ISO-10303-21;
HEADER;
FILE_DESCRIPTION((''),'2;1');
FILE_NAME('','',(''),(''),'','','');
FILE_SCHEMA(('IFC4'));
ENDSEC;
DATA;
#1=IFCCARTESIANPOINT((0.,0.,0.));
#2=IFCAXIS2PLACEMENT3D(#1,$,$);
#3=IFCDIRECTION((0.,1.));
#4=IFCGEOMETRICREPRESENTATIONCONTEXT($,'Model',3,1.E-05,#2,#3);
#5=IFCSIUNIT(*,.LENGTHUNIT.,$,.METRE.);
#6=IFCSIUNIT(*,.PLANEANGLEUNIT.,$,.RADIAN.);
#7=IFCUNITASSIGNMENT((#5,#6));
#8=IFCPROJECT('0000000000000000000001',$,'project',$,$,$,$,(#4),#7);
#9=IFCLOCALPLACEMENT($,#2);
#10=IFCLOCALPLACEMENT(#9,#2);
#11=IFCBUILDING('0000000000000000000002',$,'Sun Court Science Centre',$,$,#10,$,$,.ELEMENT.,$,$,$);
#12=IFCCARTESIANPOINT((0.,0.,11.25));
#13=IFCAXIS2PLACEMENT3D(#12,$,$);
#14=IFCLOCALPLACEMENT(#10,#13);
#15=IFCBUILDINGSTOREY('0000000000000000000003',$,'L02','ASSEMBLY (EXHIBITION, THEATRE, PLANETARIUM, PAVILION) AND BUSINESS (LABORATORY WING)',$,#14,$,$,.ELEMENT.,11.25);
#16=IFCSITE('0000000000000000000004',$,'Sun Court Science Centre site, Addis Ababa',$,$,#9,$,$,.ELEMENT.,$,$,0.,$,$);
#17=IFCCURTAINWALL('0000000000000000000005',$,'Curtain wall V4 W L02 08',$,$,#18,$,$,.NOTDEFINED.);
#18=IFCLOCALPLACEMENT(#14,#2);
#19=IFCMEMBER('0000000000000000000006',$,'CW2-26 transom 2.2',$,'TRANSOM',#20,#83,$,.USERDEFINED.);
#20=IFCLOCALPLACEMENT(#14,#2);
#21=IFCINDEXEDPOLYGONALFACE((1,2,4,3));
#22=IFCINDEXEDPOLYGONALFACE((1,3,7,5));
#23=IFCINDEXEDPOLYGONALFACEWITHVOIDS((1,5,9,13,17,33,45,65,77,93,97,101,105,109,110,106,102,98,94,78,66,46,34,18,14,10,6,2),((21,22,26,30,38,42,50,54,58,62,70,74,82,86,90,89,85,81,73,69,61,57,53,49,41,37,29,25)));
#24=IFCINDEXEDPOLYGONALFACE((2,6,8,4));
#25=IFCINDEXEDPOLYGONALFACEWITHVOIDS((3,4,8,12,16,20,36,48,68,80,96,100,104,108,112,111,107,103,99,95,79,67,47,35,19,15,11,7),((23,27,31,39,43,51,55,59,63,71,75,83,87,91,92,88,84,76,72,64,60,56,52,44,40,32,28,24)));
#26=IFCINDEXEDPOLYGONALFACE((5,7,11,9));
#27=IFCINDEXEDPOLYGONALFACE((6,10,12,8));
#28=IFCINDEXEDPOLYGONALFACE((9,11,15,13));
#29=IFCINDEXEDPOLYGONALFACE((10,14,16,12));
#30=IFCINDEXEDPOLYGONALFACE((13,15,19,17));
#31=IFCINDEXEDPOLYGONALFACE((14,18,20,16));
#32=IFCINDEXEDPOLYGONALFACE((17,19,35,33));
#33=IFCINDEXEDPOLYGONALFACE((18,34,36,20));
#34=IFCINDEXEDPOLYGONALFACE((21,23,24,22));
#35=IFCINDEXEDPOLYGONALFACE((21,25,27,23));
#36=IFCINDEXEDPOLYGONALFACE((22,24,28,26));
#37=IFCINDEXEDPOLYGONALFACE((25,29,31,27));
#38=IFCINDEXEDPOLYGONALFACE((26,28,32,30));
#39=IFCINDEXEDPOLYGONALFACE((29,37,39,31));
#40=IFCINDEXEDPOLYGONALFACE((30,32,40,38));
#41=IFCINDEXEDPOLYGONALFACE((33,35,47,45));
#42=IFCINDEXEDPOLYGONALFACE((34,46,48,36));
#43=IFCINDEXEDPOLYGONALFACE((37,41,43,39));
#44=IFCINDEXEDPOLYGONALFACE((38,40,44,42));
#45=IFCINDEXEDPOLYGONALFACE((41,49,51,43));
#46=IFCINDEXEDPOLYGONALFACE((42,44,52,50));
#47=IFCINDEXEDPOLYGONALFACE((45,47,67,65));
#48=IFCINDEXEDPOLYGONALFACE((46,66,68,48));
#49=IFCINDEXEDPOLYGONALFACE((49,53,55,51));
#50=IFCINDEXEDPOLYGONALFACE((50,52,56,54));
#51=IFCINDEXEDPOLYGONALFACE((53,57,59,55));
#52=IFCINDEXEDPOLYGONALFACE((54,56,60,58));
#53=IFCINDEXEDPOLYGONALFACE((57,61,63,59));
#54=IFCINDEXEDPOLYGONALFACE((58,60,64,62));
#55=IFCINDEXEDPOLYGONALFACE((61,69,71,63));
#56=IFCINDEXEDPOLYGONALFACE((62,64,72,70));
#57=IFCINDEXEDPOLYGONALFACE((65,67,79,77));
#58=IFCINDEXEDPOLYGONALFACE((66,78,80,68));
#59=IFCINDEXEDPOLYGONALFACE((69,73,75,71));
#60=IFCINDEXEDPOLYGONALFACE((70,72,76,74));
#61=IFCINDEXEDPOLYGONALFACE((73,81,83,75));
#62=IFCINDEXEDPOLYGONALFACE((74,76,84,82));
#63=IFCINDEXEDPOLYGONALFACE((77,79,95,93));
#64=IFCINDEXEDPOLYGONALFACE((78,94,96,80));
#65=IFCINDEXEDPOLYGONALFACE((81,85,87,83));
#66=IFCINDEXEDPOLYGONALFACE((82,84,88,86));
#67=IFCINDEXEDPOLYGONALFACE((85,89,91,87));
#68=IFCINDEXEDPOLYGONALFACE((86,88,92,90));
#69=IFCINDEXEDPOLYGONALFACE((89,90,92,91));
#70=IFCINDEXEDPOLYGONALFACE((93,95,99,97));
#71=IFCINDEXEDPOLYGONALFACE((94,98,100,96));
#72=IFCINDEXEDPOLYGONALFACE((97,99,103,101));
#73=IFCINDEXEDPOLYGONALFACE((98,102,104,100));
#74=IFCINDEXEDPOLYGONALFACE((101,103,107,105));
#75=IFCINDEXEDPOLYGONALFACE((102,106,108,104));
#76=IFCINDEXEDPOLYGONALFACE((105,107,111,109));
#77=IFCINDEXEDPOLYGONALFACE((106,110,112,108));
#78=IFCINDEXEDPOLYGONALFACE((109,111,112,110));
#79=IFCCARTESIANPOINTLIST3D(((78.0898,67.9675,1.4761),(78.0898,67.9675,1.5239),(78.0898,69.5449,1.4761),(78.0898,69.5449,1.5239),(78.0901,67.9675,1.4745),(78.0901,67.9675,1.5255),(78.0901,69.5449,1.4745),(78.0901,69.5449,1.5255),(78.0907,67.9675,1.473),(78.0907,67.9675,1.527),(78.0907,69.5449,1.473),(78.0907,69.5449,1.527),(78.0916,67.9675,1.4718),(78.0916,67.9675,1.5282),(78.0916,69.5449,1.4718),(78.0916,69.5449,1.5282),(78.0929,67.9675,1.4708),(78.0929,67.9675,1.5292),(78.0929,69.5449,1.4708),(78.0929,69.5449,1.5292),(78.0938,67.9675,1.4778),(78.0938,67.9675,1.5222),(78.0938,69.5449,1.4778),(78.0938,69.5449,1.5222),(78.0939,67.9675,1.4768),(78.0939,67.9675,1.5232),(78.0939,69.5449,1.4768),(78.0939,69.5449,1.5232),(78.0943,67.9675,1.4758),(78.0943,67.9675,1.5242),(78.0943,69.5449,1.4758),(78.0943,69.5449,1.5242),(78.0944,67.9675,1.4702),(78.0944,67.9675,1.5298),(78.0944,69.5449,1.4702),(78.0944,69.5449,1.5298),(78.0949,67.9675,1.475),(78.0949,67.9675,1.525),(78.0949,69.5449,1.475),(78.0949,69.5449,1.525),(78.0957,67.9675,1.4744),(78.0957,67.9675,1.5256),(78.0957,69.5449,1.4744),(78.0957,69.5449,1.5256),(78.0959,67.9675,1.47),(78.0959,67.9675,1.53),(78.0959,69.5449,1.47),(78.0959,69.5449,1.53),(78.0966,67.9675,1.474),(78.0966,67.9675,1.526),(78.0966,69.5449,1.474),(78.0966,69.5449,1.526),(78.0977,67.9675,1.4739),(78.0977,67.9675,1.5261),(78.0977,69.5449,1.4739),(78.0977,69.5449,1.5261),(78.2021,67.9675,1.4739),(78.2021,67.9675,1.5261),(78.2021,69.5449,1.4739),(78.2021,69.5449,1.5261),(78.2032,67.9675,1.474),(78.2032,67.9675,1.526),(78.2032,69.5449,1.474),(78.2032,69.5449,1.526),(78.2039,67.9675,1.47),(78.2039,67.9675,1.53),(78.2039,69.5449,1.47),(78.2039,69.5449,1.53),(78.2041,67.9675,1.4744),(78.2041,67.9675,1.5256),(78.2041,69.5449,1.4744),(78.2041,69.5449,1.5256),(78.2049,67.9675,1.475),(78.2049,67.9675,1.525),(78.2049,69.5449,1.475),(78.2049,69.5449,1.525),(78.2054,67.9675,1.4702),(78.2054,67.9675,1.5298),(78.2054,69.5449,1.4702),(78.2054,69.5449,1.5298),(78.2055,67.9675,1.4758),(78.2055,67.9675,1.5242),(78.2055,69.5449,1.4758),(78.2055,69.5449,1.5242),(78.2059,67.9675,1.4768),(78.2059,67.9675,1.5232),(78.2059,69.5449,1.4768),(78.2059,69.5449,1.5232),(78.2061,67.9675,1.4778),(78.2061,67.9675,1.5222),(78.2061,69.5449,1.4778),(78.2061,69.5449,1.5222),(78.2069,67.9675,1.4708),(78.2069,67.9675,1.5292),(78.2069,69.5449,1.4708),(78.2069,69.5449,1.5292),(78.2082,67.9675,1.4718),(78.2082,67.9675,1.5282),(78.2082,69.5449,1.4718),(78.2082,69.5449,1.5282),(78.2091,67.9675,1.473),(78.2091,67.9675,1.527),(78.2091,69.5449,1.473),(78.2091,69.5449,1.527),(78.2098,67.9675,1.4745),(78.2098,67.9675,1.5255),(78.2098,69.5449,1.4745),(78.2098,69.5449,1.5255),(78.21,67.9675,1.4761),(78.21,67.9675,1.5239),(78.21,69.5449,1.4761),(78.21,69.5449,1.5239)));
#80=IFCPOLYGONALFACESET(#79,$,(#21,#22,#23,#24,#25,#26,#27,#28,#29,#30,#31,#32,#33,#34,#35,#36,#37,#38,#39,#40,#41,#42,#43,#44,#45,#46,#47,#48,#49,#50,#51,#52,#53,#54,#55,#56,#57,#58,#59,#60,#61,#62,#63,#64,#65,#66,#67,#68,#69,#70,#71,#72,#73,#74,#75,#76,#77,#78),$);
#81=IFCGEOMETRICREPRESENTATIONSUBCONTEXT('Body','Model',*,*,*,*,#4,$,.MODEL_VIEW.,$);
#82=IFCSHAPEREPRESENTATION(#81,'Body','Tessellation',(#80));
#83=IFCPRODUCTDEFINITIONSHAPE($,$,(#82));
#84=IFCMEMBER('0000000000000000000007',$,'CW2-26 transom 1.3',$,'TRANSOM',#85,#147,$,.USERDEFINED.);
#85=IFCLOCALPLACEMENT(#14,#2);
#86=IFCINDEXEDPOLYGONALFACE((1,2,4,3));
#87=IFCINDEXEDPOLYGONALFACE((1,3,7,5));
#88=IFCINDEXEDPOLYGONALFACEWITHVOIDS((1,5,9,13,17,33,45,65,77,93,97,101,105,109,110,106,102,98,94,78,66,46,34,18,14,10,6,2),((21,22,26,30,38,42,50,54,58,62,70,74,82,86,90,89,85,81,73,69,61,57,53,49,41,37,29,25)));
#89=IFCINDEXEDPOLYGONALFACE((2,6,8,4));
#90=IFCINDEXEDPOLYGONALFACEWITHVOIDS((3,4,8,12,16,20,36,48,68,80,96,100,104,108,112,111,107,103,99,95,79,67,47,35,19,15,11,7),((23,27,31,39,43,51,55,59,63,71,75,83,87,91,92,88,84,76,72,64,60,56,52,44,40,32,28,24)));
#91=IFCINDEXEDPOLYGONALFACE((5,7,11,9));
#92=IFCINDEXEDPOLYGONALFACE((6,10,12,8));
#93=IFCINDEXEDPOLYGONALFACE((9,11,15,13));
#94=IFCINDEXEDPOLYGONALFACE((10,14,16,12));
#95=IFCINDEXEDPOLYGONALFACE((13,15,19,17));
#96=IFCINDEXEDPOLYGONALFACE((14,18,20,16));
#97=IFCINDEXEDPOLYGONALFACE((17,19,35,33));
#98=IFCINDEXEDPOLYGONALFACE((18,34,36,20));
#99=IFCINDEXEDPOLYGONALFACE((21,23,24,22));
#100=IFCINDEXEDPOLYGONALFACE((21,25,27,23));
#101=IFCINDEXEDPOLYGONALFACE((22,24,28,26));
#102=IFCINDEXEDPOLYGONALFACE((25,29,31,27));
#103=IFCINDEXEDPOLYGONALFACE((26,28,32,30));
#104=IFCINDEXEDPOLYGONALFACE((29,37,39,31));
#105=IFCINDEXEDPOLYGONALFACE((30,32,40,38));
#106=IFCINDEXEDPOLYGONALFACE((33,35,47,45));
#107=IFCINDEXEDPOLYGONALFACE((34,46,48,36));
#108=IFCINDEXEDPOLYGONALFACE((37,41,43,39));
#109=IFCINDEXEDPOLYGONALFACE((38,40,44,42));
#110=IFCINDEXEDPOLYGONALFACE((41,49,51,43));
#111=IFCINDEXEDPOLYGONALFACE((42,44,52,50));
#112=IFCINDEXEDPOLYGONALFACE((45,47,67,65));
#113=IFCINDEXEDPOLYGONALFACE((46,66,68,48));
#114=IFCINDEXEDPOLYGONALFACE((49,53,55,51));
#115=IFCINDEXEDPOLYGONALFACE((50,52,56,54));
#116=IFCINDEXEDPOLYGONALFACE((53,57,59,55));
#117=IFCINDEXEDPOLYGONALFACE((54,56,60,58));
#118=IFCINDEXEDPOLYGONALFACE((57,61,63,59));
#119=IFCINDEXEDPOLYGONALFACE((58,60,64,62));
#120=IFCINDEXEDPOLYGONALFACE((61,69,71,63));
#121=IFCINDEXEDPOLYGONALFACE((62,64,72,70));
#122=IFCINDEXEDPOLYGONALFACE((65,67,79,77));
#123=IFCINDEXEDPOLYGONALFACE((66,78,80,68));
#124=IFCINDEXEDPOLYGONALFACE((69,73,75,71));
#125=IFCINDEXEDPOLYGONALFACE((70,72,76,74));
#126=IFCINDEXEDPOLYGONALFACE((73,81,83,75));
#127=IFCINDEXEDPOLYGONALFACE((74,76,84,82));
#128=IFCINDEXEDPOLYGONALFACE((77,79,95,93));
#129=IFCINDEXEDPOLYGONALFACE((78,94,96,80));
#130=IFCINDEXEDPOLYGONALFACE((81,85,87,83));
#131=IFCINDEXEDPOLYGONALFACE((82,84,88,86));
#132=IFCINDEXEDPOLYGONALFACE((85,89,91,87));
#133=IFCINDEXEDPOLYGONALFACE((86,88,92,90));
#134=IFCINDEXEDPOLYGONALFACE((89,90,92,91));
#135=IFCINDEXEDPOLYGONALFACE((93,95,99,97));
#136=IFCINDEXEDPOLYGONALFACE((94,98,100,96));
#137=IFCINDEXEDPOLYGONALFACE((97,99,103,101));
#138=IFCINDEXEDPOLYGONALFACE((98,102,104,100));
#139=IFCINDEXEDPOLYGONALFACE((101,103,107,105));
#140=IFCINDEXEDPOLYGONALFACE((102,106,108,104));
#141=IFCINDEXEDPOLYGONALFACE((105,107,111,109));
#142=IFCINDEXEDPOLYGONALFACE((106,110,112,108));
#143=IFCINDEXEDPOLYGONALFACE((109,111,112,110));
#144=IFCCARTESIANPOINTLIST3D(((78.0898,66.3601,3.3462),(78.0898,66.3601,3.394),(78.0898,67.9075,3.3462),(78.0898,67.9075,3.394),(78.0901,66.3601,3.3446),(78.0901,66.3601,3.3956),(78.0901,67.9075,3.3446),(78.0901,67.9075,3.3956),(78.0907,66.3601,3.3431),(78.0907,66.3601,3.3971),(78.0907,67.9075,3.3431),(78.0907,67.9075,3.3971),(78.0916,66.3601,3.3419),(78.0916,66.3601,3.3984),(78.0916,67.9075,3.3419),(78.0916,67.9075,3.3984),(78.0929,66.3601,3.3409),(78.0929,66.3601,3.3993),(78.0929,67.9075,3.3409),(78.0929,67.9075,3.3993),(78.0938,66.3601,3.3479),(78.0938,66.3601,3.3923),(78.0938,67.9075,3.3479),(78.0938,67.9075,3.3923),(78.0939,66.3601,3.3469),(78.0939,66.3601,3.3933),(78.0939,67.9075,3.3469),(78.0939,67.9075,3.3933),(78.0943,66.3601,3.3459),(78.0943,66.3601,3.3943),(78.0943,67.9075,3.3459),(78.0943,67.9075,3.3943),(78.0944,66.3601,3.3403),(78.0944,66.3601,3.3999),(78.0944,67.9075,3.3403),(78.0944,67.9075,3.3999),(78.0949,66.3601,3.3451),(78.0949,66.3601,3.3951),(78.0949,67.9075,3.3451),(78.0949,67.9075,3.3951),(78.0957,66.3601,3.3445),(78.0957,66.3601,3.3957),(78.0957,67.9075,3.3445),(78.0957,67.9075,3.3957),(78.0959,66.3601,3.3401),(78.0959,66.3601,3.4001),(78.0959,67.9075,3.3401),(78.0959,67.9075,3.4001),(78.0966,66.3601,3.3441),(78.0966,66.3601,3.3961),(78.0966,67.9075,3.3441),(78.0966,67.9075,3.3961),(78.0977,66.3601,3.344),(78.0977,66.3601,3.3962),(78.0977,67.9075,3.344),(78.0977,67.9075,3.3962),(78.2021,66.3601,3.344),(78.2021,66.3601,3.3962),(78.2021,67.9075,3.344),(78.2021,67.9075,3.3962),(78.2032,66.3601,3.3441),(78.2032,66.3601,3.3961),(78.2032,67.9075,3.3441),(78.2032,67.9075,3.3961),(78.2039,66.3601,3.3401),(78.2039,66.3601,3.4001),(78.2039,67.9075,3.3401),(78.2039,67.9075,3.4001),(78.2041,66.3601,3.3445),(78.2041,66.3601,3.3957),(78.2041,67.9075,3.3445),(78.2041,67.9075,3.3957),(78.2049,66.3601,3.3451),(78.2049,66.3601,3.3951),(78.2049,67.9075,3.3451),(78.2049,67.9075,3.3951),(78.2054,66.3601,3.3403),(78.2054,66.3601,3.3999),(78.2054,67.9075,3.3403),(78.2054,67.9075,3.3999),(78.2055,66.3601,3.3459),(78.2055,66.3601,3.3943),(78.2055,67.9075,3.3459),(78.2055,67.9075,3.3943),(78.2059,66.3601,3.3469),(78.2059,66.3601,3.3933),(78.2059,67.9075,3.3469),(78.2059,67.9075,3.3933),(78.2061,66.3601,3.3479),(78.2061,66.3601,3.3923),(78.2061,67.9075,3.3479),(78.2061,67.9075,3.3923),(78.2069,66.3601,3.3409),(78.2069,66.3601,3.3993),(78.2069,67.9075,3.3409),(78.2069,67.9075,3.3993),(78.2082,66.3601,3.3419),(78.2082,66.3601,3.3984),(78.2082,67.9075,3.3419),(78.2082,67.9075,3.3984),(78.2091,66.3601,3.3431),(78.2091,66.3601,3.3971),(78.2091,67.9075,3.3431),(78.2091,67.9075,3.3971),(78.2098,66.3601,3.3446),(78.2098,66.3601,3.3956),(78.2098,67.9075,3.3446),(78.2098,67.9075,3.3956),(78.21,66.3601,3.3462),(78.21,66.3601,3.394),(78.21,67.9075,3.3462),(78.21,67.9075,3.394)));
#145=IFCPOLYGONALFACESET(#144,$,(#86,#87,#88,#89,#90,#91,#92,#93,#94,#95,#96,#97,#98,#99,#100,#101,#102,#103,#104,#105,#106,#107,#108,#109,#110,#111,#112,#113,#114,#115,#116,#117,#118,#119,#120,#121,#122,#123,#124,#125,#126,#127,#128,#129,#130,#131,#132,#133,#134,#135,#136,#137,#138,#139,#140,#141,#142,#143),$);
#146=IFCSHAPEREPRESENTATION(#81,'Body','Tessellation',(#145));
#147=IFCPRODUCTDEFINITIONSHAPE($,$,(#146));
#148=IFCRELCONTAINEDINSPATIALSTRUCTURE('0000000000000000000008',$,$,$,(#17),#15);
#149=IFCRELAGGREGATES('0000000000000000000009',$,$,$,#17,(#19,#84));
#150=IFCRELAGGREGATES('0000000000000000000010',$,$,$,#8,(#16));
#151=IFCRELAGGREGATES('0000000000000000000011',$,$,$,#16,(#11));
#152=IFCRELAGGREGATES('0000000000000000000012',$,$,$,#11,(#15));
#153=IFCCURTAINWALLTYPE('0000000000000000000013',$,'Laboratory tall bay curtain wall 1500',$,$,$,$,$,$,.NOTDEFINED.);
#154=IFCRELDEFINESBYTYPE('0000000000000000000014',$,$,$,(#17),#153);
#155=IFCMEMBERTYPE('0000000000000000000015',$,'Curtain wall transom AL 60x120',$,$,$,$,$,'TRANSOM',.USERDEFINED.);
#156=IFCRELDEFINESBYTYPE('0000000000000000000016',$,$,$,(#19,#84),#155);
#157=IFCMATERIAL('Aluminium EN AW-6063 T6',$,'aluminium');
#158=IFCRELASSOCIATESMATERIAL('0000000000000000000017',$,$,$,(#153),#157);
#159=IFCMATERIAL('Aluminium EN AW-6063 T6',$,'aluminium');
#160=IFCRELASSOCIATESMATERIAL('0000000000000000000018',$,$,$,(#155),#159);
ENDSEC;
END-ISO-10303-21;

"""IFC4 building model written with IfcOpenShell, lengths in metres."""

from ifc_helpers import new_model, si_unit, direction, frame, origin, origin_2d, place, context, subcontext, project, spatial, hollow_rectangle, extrude, material, material_profile, profile_set, type_object, element, aggregate, save


model = new_model("IFC4")

# Units and contexts
model_context = context("Model", 3, precision=1e-05, world=origin(), true_north=direction((0.0, 1.0)))
body_context = subcontext(model_context, "Body", "Model", "MODEL_VIEW")
ifc_project = project(units=[si_unit("LENGTHUNIT", "METRE"), si_unit("PLANEANGLEUNIT", "RADIAN")], contexts=[model_context])

# Site, building, storey
site_placement = place(None, origin())
site = spatial("IfcSite", under=ifc_project, at=site_placement, Name="Sun Court Science Centre site, Addis Ababa", CompositionType="ELEMENT", RefElevation=0.0)
building_placement = place(site_placement, origin())
building = spatial("IfcBuilding", under=site, at=building_placement, Name="Sun Court Science Centre", CompositionType="ELEMENT")
storey_placement = place(building_placement, frame((0.0, 0.0, 11.25)))
storey = spatial("IfcBuildingStorey", under=building, at=storey_placement, Name="L02", Description="ASSEMBLY (EXHIBITION, THEATRE, PLANETARIUM, PAVILION) AND BUSINESS (LABORATORY WING)", CompositionType="ELEMENT", Elevation=11.25)

# Curtain wall
ifc_material_1 = material(Name="Aluminium EN AW-6063 T6", Category="aluminium")
curtain_wall_type = type_object("IfcCurtainWallType", Name="Laboratory tall bay curtain wall 1500", PredefinedType="NOTDEFINED", material=ifc_material_1)
curtain_wall_1_placement = place(storey_placement, origin())
curtain_wall_1 = element("IfcCurtainWall", 1, at=curtain_wall_1_placement, inside=storey, type_object=curtain_wall_type, Name="Curtain wall V4 W L02 08", PredefinedType="NOTDEFINED")

# Members
ifc_material_2 = material(Name="Aluminium EN AW-6063 T6", Category="aluminium")
ifc_material_profile_1 = material_profile(ifc_material_2, hollow_rectangle(XDim=0.0601, YDim=0.1201, WallThickness=0.0039, InnerFilletRadius=0.0039, OuterFilletRadius=0.0061, at=origin_2d()), Name="AL 60x120x4")
ifc_profile_set_1 = profile_set([ifc_material_profile_1], Name="Aluminium EN AW-6063 T6")
member_type_1 = type_object("IfcMemberType", Name="Curtain wall transom AL 60x120", ElementType="TRANSOM", PredefinedType="USERDEFINED", material=ifc_profile_set_1)
member_1_placement = place(storey_placement, frame((78.1499, 67.9675, 1.5), z_axis=(0.0, 1.0, 0.0), x_axis=(0.0, 0.0, 1.0)))
member_1 = element("IfcMember", 2, at=member_1_placement, type_object=member_type_1, Name="CW2-26 transom 2.2", ObjectType="TRANSOM", PredefinedType="USERDEFINED", context=body_context, shape_type="SweptSolid", body=[
    extrude(hollow_rectangle(XDim=0.0601, YDim=0.1201, WallThickness=0.0039, InnerFilletRadius=0.0039, OuterFilletRadius=0.0061, at=origin_2d()), origin(), (0.0, 0.0, 1.0), 1.5774),
])
member_2_placement = place(storey_placement, frame((78.1499, 66.3601, 3.3701), z_axis=(0.0, 1.0, 0.0), x_axis=(0.0, 0.0, 1.0)))
member_2 = element("IfcMember", 3, at=member_2_placement, type_object=member_type_1, Name="CW2-26 transom 1.3", ObjectType="TRANSOM", PredefinedType="USERDEFINED", context=body_context, shape_type="SweptSolid", body=[
    extrude(hollow_rectangle(XDim=0.0601, YDim=0.1201, WallThickness=0.0039, InnerFilletRadius=0.0039, OuterFilletRadius=0.0061, at=origin_2d()), origin(), (0.0, 0.0, 1.0), 1.5474),
])

aggregate(curtain_wall_1, [member_1, member_2])

save(model, "model.ifc")
